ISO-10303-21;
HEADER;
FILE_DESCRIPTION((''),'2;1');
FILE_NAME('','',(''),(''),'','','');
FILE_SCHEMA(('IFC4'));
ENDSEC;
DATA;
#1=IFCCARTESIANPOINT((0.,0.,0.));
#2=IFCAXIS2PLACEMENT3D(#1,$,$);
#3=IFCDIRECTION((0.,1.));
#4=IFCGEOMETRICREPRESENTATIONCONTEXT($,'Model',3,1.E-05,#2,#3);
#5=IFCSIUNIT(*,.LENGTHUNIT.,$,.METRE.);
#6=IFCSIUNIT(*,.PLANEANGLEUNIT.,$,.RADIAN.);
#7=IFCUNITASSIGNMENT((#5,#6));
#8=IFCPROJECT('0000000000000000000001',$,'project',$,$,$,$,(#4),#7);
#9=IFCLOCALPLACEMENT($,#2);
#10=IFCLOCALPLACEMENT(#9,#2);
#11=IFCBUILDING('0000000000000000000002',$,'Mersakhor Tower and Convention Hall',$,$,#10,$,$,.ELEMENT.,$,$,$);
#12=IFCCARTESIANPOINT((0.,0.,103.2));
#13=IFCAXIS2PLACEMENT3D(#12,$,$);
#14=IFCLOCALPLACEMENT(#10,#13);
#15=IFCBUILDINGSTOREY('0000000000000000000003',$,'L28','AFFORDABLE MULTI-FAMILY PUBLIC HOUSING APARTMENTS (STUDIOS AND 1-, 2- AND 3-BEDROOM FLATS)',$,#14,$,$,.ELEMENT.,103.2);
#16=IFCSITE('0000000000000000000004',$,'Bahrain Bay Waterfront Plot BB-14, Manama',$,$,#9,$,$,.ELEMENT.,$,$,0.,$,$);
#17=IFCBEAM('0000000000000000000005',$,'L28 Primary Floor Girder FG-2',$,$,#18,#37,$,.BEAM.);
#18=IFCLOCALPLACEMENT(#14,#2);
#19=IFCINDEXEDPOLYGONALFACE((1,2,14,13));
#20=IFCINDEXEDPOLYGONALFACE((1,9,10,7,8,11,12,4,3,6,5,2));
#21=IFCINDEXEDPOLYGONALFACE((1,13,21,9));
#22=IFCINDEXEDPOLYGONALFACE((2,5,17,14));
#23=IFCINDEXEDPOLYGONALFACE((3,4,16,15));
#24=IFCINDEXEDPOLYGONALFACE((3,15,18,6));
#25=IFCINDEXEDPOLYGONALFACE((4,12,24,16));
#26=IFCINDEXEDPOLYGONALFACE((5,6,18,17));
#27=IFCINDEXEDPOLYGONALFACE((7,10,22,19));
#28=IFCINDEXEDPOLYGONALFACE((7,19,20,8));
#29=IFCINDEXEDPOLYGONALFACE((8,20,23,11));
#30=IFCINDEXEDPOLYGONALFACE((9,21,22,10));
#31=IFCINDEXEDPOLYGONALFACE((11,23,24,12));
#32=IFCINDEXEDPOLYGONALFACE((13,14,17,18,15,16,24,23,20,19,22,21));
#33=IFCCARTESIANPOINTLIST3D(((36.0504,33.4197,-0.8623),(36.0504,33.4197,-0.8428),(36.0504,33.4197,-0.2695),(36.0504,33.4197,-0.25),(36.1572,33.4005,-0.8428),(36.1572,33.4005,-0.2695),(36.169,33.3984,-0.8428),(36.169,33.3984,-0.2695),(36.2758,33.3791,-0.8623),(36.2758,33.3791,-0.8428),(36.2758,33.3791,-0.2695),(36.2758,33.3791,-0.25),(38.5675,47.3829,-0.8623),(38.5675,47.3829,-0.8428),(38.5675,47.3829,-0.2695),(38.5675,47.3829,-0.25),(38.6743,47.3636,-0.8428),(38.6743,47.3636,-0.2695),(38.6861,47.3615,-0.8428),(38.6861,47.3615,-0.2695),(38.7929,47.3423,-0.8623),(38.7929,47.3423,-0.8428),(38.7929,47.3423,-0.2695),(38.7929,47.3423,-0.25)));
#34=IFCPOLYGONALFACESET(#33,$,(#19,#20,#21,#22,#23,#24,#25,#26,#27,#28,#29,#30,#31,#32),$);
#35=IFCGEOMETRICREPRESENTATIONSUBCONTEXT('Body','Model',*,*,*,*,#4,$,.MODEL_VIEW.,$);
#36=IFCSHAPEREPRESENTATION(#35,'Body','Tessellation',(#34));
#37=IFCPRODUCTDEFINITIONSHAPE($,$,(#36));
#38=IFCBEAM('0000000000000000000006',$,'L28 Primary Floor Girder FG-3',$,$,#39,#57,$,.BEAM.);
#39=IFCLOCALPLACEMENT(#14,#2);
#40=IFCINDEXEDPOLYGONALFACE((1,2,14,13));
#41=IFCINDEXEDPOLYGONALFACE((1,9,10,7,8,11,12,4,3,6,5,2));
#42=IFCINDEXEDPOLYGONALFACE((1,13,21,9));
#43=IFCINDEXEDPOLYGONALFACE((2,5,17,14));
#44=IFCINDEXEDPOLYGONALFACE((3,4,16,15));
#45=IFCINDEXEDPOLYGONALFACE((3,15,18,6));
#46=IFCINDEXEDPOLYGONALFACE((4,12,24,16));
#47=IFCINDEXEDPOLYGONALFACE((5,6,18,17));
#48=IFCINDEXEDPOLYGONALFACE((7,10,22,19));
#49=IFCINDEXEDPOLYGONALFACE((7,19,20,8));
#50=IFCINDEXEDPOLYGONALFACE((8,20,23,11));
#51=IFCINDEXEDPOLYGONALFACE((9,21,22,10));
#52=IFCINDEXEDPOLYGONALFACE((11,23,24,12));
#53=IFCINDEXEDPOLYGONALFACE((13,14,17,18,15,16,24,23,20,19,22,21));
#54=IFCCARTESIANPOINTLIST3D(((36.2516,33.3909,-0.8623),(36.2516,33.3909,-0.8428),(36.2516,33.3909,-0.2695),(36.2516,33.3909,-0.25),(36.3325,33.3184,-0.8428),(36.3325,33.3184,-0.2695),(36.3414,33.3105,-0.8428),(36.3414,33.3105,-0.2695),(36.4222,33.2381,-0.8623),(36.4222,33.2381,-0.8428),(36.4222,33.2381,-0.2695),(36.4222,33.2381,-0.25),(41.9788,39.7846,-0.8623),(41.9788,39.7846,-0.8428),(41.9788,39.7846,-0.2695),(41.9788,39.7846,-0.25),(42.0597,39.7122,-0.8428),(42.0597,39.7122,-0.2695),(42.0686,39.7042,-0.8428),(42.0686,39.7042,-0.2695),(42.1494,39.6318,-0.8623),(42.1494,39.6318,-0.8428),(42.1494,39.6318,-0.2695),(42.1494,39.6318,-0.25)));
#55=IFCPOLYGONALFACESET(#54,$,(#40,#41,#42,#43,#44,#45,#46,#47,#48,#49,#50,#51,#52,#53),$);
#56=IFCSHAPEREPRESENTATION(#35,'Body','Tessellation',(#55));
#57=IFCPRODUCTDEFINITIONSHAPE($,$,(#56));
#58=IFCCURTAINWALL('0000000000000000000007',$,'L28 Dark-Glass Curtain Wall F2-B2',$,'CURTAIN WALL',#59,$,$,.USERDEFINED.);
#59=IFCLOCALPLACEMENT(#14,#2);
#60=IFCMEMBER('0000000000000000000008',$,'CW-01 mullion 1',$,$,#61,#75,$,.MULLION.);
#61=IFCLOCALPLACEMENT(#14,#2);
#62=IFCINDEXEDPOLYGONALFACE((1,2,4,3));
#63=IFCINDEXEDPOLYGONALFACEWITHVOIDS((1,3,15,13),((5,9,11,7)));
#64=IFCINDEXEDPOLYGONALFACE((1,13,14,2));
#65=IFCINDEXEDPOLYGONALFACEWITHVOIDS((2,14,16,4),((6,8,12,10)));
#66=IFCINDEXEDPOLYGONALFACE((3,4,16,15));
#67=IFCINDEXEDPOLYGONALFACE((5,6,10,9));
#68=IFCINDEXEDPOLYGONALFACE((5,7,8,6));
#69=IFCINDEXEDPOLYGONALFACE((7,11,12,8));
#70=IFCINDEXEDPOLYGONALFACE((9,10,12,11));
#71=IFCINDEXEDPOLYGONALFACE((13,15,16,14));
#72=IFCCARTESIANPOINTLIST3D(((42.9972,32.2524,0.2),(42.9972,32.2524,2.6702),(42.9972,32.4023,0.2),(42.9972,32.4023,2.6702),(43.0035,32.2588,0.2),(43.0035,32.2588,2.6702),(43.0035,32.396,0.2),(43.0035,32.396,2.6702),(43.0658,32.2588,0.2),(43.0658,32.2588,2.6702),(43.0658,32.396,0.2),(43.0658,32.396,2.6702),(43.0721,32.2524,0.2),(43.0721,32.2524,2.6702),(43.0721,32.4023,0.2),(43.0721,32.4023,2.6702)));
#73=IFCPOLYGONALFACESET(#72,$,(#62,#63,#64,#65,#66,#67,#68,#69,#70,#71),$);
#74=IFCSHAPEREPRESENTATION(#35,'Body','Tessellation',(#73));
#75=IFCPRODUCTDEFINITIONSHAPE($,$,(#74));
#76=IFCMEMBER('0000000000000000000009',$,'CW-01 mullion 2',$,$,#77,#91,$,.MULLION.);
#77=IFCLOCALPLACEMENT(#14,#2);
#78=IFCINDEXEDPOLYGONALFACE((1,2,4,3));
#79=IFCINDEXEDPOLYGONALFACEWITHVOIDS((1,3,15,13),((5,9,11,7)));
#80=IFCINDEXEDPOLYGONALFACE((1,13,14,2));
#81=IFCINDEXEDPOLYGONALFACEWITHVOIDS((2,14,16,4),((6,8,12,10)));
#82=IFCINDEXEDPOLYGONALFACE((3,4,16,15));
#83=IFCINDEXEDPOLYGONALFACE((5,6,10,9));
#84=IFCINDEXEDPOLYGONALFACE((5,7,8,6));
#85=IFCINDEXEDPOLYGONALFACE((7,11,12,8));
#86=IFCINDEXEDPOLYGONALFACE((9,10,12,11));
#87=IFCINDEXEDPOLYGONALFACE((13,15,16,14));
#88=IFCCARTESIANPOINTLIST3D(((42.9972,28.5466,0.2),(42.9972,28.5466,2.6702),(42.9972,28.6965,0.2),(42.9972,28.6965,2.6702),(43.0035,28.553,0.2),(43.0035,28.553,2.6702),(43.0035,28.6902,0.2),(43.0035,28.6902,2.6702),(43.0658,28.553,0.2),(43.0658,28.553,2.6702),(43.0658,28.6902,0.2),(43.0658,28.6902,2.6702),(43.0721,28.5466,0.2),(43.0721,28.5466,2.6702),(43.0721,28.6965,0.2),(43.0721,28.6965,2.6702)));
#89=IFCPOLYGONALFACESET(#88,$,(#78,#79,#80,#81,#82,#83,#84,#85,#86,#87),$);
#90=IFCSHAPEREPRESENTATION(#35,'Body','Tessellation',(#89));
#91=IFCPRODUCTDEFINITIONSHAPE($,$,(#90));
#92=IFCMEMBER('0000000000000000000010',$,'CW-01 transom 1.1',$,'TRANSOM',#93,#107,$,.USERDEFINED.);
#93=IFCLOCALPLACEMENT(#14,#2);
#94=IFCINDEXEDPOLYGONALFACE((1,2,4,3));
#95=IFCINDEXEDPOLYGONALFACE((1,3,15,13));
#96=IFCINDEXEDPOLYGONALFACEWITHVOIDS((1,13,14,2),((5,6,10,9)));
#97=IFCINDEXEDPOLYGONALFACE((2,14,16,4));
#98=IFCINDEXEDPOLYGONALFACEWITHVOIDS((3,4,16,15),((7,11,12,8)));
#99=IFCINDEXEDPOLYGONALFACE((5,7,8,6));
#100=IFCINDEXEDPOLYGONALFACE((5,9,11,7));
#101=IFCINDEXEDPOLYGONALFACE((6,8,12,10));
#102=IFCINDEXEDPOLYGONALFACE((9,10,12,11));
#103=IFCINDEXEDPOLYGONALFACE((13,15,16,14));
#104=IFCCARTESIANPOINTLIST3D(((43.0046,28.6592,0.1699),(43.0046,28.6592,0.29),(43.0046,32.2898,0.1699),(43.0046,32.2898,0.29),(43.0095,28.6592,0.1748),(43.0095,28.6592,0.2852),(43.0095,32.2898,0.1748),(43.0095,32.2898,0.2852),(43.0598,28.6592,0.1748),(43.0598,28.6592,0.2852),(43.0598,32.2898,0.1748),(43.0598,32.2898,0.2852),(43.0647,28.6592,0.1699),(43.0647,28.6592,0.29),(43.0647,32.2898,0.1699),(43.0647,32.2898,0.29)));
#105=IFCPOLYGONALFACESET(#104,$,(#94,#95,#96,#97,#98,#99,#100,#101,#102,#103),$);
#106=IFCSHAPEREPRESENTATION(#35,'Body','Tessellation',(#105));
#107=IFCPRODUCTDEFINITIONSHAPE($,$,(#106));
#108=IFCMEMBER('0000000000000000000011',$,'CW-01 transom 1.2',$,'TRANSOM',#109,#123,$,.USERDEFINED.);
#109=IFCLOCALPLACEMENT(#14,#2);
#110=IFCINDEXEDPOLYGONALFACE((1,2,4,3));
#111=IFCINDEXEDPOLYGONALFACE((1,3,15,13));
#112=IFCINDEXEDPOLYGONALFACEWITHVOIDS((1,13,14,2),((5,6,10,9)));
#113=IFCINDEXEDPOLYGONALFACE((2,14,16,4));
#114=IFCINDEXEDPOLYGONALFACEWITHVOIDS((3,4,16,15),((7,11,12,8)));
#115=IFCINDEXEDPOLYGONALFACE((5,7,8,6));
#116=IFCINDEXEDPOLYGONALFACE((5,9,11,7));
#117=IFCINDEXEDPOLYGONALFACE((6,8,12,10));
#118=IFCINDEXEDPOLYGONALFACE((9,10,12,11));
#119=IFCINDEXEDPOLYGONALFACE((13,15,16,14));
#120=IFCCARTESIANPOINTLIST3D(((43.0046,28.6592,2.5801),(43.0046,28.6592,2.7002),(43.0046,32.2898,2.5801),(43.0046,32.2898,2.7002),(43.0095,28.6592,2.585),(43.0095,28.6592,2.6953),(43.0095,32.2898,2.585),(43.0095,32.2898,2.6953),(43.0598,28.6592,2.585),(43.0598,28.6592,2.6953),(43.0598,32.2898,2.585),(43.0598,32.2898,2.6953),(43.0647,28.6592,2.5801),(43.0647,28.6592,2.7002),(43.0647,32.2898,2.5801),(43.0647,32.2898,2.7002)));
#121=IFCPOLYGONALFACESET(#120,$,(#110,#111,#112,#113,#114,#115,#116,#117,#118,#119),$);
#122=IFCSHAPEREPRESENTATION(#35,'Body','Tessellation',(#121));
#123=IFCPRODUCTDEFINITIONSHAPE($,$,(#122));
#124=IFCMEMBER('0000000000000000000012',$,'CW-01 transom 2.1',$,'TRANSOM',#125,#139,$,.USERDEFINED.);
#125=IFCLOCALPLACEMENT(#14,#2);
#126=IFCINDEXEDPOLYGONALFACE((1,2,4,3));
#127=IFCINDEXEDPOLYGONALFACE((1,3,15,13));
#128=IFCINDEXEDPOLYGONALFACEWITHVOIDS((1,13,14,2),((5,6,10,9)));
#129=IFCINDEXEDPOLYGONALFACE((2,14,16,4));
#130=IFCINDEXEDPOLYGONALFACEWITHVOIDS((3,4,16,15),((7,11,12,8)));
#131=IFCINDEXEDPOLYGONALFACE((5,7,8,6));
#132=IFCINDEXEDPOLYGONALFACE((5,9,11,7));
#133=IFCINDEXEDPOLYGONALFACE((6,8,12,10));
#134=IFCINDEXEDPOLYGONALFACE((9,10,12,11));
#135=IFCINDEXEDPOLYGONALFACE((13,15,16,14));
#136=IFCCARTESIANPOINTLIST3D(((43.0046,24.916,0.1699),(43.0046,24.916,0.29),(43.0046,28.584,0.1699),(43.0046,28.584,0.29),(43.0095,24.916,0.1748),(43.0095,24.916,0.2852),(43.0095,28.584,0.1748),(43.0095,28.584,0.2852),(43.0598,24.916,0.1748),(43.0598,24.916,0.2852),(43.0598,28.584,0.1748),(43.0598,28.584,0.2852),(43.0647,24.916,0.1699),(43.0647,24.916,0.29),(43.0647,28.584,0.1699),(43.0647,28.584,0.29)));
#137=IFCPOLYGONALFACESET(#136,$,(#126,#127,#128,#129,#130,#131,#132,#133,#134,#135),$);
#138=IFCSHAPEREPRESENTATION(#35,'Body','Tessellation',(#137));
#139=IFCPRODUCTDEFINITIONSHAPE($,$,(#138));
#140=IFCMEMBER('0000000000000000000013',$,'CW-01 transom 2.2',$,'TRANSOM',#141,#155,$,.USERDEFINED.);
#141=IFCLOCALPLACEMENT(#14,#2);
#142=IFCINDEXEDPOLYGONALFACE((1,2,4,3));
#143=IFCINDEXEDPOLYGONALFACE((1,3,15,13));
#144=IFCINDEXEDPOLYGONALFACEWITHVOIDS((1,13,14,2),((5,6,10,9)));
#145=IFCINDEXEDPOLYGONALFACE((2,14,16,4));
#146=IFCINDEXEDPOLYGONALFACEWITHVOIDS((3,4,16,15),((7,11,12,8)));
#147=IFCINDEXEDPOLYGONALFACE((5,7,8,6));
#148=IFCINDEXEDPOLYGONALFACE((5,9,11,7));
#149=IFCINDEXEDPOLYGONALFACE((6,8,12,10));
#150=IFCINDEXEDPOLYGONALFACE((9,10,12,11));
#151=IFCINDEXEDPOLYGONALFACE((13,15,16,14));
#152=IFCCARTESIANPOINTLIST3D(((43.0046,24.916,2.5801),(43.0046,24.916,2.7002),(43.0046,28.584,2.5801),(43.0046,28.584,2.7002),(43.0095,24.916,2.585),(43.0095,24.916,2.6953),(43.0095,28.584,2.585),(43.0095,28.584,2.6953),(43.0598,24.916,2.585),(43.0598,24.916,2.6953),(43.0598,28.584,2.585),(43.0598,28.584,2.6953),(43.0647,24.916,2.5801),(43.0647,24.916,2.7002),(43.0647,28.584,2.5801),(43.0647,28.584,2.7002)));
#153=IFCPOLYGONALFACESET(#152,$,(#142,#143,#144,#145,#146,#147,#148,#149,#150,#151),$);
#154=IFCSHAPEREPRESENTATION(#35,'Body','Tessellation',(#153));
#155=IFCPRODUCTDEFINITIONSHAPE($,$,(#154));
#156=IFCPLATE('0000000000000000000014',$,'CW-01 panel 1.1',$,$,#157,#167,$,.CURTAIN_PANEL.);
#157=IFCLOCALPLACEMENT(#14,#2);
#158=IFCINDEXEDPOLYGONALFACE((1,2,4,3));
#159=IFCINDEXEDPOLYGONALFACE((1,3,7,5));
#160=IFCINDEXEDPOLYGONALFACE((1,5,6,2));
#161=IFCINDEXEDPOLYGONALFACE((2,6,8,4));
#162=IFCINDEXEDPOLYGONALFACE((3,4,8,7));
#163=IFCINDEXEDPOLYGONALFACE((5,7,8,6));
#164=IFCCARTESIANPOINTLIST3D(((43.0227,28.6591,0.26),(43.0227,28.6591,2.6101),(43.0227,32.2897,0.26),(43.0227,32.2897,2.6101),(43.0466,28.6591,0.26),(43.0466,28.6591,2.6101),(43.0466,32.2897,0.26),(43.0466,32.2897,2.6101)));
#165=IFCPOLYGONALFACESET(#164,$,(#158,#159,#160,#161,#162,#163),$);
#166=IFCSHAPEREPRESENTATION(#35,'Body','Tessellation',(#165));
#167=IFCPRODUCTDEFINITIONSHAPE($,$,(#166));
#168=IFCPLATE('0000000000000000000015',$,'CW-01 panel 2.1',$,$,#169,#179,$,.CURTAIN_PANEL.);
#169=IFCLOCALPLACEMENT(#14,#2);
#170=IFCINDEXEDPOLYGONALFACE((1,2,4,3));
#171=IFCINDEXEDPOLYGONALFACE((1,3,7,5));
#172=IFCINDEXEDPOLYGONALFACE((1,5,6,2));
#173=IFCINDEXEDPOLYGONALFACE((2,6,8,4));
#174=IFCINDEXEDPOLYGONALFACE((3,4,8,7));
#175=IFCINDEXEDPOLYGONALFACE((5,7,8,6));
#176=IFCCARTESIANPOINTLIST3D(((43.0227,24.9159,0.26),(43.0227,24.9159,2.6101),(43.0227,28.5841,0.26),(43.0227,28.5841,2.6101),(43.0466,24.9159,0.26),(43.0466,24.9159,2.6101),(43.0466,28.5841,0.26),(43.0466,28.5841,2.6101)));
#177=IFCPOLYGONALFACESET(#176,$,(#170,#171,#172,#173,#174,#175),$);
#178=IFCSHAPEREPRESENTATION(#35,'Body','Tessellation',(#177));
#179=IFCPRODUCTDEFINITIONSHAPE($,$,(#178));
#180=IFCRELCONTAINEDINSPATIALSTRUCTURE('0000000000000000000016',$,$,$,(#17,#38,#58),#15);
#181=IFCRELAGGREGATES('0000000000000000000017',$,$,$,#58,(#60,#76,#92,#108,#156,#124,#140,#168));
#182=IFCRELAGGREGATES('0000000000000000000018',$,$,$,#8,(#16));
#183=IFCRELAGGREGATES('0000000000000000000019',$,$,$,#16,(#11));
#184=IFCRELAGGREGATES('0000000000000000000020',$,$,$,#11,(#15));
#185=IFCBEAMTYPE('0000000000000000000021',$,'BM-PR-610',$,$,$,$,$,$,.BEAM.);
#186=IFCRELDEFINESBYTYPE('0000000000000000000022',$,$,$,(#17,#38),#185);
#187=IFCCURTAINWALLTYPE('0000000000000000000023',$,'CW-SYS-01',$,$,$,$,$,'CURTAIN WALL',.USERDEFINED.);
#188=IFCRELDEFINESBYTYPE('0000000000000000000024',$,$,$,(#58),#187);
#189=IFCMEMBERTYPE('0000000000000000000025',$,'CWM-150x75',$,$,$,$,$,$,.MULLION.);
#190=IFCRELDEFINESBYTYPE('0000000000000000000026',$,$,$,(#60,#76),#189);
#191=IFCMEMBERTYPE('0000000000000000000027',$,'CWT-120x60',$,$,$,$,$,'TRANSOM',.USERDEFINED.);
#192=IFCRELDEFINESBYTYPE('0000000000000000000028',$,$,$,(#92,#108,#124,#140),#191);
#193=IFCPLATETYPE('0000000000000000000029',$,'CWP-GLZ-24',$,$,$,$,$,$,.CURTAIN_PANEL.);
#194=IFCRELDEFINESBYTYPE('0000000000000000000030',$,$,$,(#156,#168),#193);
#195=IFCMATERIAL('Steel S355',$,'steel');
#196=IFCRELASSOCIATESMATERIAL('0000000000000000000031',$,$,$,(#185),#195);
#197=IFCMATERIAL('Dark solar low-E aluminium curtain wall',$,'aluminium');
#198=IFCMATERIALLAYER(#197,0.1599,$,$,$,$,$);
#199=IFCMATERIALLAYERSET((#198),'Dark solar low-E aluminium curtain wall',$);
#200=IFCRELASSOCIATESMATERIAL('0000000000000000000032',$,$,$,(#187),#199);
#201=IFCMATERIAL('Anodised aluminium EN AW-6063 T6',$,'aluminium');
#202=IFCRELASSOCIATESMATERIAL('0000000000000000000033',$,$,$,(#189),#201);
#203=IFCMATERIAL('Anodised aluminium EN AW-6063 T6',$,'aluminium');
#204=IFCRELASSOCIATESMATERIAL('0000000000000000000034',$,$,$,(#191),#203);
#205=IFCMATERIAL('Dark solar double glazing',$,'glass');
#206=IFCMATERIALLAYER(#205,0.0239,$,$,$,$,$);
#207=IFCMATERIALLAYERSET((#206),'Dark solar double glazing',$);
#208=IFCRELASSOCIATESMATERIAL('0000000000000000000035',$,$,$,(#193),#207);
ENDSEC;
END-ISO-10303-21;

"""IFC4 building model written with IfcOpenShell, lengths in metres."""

from ifc_helpers import new_model, si_unit, direction, frame, origin, origin_2d, place, context, subcontext, project, spatial, rectangle, hollow_rectangle, i_section, extrude, material, layer, layer_set, material_profile, profile_set, type_object, element, aggregate, save


model = new_model("IFC4")

# Units and contexts
model_context = context("Model", 3, precision=1e-05, world=origin(), true_north=direction((0.0, 1.0)))
body_context = subcontext(model_context, "Body", "Model", "MODEL_VIEW")
ifc_project = project(units=[si_unit("LENGTHUNIT", "METRE"), si_unit("PLANEANGLEUNIT", "RADIAN")], contexts=[model_context])

# Site, building, storey
site_placement = place(None, origin())
site = spatial("IfcSite", under=ifc_project, at=site_placement, Name="Bahrain Bay Waterfront Plot BB-14, Manama", CompositionType="ELEMENT", RefElevation=0.0)
building_placement = place(site_placement, origin())
building = spatial("IfcBuilding", under=site, at=building_placement, Name="Mersakhor Tower and Convention Hall", CompositionType="ELEMENT")
storey_placement = place(building_placement, frame((0.0, 0.0, 103.2)))
storey = spatial("IfcBuildingStorey", under=building, at=storey_placement, Name="L28", Description="AFFORDABLE MULTI-FAMILY PUBLIC HOUSING APARTMENTS (STUDIOS AND 1-, 2- AND 3-BEDROOM FLATS)", CompositionType="ELEMENT", Elevation=103.2)

# Beams
ifc_material_1 = material(Name="Steel S355", Category="steel")
ifc_material_profile_1 = material_profile(ifc_material_1, i_section(OverallWidth=0.229, OverallDepth=0.6123, WebThickness=0.012, FlangeThickness=0.0195, at=origin_2d()), Name="UB 610x229x125")
ifc_profile_set_1 = profile_set([ifc_material_profile_1], Name="Steel S355")
beam_type = type_object("IfcBeamType", Name="BM-PR-610", PredefinedType="BEAM", material=ifc_profile_set_1)
beam_1_placement = place(storey_placement, frame((36.1631, 33.3994, -0.5562), z_axis=(0.177407, 0.984138, 0.0), x_axis=(-0.984138, 0.177407, 0.0)))
element("IfcBeam", 1, at=beam_1_placement, inside=storey, type_object=beam_type, Name="L28 Primary Floor Girder FG-2", PredefinedType="BEAM", context=body_context, shape_type="SweptSolid", body=[
    extrude(i_section(OverallWidth=0.229, OverallDepth=0.6123, WebThickness=0.012, FlangeThickness=0.0195, at=origin_2d()), origin(), (0.0, 0.0, 1.0), 14.1882),
])
beam_2_placement = place(storey_placement, frame((36.3369, 33.3145, -0.5562), z_axis=(0.667217, 0.744863, 0.0), x_axis=(-0.744863, 0.667217, 0.0)))
element("IfcBeam", 2, at=beam_2_placement, inside=storey, type_object=beam_type, Name="L28 Primary Floor Girder FG-3", PredefinedType="BEAM", context=body_context, shape_type="SweptSolid", body=[
    extrude(i_section(OverallWidth=0.229, OverallDepth=0.6123, WebThickness=0.012, FlangeThickness=0.0195, at=origin_2d()), origin(), (0.0, 0.0, 1.0), 8.5837),
])

# Curtain wall, members, plates
ifc_material_2 = material(Name="Dark solar low-E aluminium curtain wall", Category="aluminium")
ifc_layer_1 = layer(ifc_material_2, 0.1599)
ifc_layer_set_1 = layer_set([ifc_layer_1], Name="Dark solar low-E aluminium curtain wall")
curtain_wall_type = type_object("IfcCurtainWallType", Name="CW-SYS-01", ElementType="CURTAIN WALL", PredefinedType="USERDEFINED", material=ifc_layer_set_1)
curtain_wall_placement = place(storey_placement, origin())
curtain_wall = element("IfcCurtainWall", 3, at=curtain_wall_placement, inside=storey, type_object=curtain_wall_type, Name="L28 Dark-Glass Curtain Wall F2-B2", ObjectType="CURTAIN WALL", PredefinedType="USERDEFINED")
ifc_material_3 = material(Name="Anodised aluminium EN AW-6063 T6", Category="aluminium")
ifc_material_profile_2 = material_profile(ifc_material_3, hollow_rectangle(XDim=0.075, YDim=0.1499, WallThickness=0.0063, at=origin_2d()), Name="RHS 150x75x6.3")
ifc_profile_set_2 = profile_set([ifc_material_profile_2], Name="Anodised aluminium EN AW-6063 T6")
member_type_1 = type_object("IfcMemberType", Name="CWM-150x75", PredefinedType="MULLION", material=ifc_profile_set_2)
member_1_placement = place(storey_placement, frame((43.0347, 32.3274, 0.2), z_axis=(0.0, 0.0, 1.0), x_axis=(1.0, 0.0, 0.0)))
member_1 = element("IfcMember", 4, at=member_1_placement, type_object=member_type_1, Name="CW-01 mullion 1", PredefinedType="MULLION", context=body_context, shape_type="SweptSolid", body=[
    extrude(hollow_rectangle(XDim=0.075, YDim=0.1499, WallThickness=0.0063, at=origin_2d()), origin(), (0.0, 0.0, 1.0), 2.4702),
])
member_2_placement = place(storey_placement, frame((43.0347, 28.6216, 0.2), z_axis=(0.0, 0.0, 1.0), x_axis=(1.0, 0.0, 0.0)))
member_2 = element("IfcMember", 5, at=member_2_placement, type_object=member_type_1, Name="CW-01 mullion 2", PredefinedType="MULLION", context=body_context, shape_type="SweptSolid", body=[
    extrude(hollow_rectangle(XDim=0.075, YDim=0.1499, WallThickness=0.0063, at=origin_2d()), origin(), (0.0, 0.0, 1.0), 2.4702),
])
ifc_material_4 = material(Name="Anodised aluminium EN AW-6063 T6", Category="aluminium")
ifc_material_profile_3 = material_profile(ifc_material_4, hollow_rectangle(XDim=0.0601, YDim=0.1201, WallThickness=0.0049, at=origin_2d()), Name="RHS 120x60x5")
ifc_profile_set_3 = profile_set([ifc_material_profile_3], Name="Anodised aluminium EN AW-6063 T6")
member_type_2 = type_object("IfcMemberType", Name="CWT-120x60", ElementType="TRANSOM", PredefinedType="USERDEFINED", material=ifc_profile_set_3)
member_3_placement = place(storey_placement, frame((43.0347, 32.2898, 0.23), z_axis=(0.0, -1.0, 0.0), x_axis=(1.0, 0.0, 0.0)))
member_3 = element("IfcMember", 6, at=member_3_placement, type_object=member_type_2, Name="CW-01 transom 1.1", ObjectType="TRANSOM", PredefinedType="USERDEFINED", context=body_context, shape_type="SweptSolid", body=[
    extrude(hollow_rectangle(XDim=0.0601, YDim=0.1201, WallThickness=0.0049, at=origin_2d()), origin(), (0.0, 0.0, 1.0), 3.6306),
])
member_4_placement = place(storey_placement, frame((43.0347, 32.2898, 2.6401), z_axis=(0.0, -1.0, 0.0), x_axis=(1.0, 0.0, 0.0)))
member_4 = element("IfcMember", 7, at=member_4_placement, type_object=member_type_2, Name="CW-01 transom 1.2", ObjectType="TRANSOM", PredefinedType="USERDEFINED", context=body_context, shape_type="SweptSolid", body=[
    extrude(hollow_rectangle(XDim=0.0601, YDim=0.1201, WallThickness=0.0049, at=origin_2d()), origin(), (0.0, 0.0, 1.0), 3.6306),
])
member_5_placement = place(storey_placement, frame((43.0347, 28.584, 0.23), z_axis=(0.0, -1.0, 0.0), x_axis=(1.0, 0.0, 0.0)))
member_5 = element("IfcMember", 8, at=member_5_placement, type_object=member_type_2, Name="CW-01 transom 2.1", ObjectType="TRANSOM", PredefinedType="USERDEFINED", context=body_context, shape_type="SweptSolid", body=[
    extrude(hollow_rectangle(XDim=0.0601, YDim=0.1201, WallThickness=0.0049, at=origin_2d()), origin(), (0.0, 0.0, 1.0), 3.668),
])
member_6_placement = place(storey_placement, frame((43.0347, 28.584, 2.6401), z_axis=(0.0, -1.0, 0.0), x_axis=(1.0, 0.0, 0.0)))
member_6 = element("IfcMember", 9, at=member_6_placement, type_object=member_type_2, Name="CW-01 transom 2.2", ObjectType="TRANSOM", PredefinedType="USERDEFINED", context=body_context, shape_type="SweptSolid", body=[
    extrude(hollow_rectangle(XDim=0.0601, YDim=0.1201, WallThickness=0.0049, at=origin_2d()), origin(), (0.0, 0.0, 1.0), 3.668),
])
ifc_material_5 = material(Name="Dark solar double glazing", Category="glass")
ifc_layer_2 = layer(ifc_material_5, 0.0239)
ifc_layer_set_2 = layer_set([ifc_layer_2], Name="Dark solar double glazing")
plate_type_1 = type_object("IfcPlateType", Name="CWP-GLZ-24", PredefinedType="CURTAIN_PANEL", material=ifc_layer_set_2)
plate_1_placement = place(storey_placement, frame((43.0347, 30.4744, 0.26), z_axis=(0.0, 0.0, 1.0), x_axis=(0.0, -1.0, 0.0)))
plate_1 = element("IfcPlate", 10, at=plate_1_placement, type_object=plate_type_1, Name="CW-01 panel 1.1", PredefinedType="CURTAIN_PANEL", context=body_context, shape_type="SweptSolid", body=[
    extrude(rectangle(XDim=3.6306, YDim=0.0239, at=origin_2d()), origin(), (0.0, 0.0, 1.0), 2.3501),
])
plate_2_placement = place(storey_placement, frame((43.0347, 26.75, 0.26), z_axis=(0.0, 0.0, 1.0), x_axis=(0.0, -1.0, 0.0)))
plate_2 = element("IfcPlate", 11, at=plate_2_placement, type_object=plate_type_1, Name="CW-01 panel 2.1", PredefinedType="CURTAIN_PANEL", context=body_context, shape_type="SweptSolid", body=[
    extrude(rectangle(XDim=3.6682, YDim=0.0239, at=origin_2d()), origin(), (0.0, 0.0, 1.0), 2.3501),
])
aggregate(curtain_wall, [member_1, member_2, member_3, member_4, plate_1, member_5, member_6, plate_2])

save(model, "model.ifc")
